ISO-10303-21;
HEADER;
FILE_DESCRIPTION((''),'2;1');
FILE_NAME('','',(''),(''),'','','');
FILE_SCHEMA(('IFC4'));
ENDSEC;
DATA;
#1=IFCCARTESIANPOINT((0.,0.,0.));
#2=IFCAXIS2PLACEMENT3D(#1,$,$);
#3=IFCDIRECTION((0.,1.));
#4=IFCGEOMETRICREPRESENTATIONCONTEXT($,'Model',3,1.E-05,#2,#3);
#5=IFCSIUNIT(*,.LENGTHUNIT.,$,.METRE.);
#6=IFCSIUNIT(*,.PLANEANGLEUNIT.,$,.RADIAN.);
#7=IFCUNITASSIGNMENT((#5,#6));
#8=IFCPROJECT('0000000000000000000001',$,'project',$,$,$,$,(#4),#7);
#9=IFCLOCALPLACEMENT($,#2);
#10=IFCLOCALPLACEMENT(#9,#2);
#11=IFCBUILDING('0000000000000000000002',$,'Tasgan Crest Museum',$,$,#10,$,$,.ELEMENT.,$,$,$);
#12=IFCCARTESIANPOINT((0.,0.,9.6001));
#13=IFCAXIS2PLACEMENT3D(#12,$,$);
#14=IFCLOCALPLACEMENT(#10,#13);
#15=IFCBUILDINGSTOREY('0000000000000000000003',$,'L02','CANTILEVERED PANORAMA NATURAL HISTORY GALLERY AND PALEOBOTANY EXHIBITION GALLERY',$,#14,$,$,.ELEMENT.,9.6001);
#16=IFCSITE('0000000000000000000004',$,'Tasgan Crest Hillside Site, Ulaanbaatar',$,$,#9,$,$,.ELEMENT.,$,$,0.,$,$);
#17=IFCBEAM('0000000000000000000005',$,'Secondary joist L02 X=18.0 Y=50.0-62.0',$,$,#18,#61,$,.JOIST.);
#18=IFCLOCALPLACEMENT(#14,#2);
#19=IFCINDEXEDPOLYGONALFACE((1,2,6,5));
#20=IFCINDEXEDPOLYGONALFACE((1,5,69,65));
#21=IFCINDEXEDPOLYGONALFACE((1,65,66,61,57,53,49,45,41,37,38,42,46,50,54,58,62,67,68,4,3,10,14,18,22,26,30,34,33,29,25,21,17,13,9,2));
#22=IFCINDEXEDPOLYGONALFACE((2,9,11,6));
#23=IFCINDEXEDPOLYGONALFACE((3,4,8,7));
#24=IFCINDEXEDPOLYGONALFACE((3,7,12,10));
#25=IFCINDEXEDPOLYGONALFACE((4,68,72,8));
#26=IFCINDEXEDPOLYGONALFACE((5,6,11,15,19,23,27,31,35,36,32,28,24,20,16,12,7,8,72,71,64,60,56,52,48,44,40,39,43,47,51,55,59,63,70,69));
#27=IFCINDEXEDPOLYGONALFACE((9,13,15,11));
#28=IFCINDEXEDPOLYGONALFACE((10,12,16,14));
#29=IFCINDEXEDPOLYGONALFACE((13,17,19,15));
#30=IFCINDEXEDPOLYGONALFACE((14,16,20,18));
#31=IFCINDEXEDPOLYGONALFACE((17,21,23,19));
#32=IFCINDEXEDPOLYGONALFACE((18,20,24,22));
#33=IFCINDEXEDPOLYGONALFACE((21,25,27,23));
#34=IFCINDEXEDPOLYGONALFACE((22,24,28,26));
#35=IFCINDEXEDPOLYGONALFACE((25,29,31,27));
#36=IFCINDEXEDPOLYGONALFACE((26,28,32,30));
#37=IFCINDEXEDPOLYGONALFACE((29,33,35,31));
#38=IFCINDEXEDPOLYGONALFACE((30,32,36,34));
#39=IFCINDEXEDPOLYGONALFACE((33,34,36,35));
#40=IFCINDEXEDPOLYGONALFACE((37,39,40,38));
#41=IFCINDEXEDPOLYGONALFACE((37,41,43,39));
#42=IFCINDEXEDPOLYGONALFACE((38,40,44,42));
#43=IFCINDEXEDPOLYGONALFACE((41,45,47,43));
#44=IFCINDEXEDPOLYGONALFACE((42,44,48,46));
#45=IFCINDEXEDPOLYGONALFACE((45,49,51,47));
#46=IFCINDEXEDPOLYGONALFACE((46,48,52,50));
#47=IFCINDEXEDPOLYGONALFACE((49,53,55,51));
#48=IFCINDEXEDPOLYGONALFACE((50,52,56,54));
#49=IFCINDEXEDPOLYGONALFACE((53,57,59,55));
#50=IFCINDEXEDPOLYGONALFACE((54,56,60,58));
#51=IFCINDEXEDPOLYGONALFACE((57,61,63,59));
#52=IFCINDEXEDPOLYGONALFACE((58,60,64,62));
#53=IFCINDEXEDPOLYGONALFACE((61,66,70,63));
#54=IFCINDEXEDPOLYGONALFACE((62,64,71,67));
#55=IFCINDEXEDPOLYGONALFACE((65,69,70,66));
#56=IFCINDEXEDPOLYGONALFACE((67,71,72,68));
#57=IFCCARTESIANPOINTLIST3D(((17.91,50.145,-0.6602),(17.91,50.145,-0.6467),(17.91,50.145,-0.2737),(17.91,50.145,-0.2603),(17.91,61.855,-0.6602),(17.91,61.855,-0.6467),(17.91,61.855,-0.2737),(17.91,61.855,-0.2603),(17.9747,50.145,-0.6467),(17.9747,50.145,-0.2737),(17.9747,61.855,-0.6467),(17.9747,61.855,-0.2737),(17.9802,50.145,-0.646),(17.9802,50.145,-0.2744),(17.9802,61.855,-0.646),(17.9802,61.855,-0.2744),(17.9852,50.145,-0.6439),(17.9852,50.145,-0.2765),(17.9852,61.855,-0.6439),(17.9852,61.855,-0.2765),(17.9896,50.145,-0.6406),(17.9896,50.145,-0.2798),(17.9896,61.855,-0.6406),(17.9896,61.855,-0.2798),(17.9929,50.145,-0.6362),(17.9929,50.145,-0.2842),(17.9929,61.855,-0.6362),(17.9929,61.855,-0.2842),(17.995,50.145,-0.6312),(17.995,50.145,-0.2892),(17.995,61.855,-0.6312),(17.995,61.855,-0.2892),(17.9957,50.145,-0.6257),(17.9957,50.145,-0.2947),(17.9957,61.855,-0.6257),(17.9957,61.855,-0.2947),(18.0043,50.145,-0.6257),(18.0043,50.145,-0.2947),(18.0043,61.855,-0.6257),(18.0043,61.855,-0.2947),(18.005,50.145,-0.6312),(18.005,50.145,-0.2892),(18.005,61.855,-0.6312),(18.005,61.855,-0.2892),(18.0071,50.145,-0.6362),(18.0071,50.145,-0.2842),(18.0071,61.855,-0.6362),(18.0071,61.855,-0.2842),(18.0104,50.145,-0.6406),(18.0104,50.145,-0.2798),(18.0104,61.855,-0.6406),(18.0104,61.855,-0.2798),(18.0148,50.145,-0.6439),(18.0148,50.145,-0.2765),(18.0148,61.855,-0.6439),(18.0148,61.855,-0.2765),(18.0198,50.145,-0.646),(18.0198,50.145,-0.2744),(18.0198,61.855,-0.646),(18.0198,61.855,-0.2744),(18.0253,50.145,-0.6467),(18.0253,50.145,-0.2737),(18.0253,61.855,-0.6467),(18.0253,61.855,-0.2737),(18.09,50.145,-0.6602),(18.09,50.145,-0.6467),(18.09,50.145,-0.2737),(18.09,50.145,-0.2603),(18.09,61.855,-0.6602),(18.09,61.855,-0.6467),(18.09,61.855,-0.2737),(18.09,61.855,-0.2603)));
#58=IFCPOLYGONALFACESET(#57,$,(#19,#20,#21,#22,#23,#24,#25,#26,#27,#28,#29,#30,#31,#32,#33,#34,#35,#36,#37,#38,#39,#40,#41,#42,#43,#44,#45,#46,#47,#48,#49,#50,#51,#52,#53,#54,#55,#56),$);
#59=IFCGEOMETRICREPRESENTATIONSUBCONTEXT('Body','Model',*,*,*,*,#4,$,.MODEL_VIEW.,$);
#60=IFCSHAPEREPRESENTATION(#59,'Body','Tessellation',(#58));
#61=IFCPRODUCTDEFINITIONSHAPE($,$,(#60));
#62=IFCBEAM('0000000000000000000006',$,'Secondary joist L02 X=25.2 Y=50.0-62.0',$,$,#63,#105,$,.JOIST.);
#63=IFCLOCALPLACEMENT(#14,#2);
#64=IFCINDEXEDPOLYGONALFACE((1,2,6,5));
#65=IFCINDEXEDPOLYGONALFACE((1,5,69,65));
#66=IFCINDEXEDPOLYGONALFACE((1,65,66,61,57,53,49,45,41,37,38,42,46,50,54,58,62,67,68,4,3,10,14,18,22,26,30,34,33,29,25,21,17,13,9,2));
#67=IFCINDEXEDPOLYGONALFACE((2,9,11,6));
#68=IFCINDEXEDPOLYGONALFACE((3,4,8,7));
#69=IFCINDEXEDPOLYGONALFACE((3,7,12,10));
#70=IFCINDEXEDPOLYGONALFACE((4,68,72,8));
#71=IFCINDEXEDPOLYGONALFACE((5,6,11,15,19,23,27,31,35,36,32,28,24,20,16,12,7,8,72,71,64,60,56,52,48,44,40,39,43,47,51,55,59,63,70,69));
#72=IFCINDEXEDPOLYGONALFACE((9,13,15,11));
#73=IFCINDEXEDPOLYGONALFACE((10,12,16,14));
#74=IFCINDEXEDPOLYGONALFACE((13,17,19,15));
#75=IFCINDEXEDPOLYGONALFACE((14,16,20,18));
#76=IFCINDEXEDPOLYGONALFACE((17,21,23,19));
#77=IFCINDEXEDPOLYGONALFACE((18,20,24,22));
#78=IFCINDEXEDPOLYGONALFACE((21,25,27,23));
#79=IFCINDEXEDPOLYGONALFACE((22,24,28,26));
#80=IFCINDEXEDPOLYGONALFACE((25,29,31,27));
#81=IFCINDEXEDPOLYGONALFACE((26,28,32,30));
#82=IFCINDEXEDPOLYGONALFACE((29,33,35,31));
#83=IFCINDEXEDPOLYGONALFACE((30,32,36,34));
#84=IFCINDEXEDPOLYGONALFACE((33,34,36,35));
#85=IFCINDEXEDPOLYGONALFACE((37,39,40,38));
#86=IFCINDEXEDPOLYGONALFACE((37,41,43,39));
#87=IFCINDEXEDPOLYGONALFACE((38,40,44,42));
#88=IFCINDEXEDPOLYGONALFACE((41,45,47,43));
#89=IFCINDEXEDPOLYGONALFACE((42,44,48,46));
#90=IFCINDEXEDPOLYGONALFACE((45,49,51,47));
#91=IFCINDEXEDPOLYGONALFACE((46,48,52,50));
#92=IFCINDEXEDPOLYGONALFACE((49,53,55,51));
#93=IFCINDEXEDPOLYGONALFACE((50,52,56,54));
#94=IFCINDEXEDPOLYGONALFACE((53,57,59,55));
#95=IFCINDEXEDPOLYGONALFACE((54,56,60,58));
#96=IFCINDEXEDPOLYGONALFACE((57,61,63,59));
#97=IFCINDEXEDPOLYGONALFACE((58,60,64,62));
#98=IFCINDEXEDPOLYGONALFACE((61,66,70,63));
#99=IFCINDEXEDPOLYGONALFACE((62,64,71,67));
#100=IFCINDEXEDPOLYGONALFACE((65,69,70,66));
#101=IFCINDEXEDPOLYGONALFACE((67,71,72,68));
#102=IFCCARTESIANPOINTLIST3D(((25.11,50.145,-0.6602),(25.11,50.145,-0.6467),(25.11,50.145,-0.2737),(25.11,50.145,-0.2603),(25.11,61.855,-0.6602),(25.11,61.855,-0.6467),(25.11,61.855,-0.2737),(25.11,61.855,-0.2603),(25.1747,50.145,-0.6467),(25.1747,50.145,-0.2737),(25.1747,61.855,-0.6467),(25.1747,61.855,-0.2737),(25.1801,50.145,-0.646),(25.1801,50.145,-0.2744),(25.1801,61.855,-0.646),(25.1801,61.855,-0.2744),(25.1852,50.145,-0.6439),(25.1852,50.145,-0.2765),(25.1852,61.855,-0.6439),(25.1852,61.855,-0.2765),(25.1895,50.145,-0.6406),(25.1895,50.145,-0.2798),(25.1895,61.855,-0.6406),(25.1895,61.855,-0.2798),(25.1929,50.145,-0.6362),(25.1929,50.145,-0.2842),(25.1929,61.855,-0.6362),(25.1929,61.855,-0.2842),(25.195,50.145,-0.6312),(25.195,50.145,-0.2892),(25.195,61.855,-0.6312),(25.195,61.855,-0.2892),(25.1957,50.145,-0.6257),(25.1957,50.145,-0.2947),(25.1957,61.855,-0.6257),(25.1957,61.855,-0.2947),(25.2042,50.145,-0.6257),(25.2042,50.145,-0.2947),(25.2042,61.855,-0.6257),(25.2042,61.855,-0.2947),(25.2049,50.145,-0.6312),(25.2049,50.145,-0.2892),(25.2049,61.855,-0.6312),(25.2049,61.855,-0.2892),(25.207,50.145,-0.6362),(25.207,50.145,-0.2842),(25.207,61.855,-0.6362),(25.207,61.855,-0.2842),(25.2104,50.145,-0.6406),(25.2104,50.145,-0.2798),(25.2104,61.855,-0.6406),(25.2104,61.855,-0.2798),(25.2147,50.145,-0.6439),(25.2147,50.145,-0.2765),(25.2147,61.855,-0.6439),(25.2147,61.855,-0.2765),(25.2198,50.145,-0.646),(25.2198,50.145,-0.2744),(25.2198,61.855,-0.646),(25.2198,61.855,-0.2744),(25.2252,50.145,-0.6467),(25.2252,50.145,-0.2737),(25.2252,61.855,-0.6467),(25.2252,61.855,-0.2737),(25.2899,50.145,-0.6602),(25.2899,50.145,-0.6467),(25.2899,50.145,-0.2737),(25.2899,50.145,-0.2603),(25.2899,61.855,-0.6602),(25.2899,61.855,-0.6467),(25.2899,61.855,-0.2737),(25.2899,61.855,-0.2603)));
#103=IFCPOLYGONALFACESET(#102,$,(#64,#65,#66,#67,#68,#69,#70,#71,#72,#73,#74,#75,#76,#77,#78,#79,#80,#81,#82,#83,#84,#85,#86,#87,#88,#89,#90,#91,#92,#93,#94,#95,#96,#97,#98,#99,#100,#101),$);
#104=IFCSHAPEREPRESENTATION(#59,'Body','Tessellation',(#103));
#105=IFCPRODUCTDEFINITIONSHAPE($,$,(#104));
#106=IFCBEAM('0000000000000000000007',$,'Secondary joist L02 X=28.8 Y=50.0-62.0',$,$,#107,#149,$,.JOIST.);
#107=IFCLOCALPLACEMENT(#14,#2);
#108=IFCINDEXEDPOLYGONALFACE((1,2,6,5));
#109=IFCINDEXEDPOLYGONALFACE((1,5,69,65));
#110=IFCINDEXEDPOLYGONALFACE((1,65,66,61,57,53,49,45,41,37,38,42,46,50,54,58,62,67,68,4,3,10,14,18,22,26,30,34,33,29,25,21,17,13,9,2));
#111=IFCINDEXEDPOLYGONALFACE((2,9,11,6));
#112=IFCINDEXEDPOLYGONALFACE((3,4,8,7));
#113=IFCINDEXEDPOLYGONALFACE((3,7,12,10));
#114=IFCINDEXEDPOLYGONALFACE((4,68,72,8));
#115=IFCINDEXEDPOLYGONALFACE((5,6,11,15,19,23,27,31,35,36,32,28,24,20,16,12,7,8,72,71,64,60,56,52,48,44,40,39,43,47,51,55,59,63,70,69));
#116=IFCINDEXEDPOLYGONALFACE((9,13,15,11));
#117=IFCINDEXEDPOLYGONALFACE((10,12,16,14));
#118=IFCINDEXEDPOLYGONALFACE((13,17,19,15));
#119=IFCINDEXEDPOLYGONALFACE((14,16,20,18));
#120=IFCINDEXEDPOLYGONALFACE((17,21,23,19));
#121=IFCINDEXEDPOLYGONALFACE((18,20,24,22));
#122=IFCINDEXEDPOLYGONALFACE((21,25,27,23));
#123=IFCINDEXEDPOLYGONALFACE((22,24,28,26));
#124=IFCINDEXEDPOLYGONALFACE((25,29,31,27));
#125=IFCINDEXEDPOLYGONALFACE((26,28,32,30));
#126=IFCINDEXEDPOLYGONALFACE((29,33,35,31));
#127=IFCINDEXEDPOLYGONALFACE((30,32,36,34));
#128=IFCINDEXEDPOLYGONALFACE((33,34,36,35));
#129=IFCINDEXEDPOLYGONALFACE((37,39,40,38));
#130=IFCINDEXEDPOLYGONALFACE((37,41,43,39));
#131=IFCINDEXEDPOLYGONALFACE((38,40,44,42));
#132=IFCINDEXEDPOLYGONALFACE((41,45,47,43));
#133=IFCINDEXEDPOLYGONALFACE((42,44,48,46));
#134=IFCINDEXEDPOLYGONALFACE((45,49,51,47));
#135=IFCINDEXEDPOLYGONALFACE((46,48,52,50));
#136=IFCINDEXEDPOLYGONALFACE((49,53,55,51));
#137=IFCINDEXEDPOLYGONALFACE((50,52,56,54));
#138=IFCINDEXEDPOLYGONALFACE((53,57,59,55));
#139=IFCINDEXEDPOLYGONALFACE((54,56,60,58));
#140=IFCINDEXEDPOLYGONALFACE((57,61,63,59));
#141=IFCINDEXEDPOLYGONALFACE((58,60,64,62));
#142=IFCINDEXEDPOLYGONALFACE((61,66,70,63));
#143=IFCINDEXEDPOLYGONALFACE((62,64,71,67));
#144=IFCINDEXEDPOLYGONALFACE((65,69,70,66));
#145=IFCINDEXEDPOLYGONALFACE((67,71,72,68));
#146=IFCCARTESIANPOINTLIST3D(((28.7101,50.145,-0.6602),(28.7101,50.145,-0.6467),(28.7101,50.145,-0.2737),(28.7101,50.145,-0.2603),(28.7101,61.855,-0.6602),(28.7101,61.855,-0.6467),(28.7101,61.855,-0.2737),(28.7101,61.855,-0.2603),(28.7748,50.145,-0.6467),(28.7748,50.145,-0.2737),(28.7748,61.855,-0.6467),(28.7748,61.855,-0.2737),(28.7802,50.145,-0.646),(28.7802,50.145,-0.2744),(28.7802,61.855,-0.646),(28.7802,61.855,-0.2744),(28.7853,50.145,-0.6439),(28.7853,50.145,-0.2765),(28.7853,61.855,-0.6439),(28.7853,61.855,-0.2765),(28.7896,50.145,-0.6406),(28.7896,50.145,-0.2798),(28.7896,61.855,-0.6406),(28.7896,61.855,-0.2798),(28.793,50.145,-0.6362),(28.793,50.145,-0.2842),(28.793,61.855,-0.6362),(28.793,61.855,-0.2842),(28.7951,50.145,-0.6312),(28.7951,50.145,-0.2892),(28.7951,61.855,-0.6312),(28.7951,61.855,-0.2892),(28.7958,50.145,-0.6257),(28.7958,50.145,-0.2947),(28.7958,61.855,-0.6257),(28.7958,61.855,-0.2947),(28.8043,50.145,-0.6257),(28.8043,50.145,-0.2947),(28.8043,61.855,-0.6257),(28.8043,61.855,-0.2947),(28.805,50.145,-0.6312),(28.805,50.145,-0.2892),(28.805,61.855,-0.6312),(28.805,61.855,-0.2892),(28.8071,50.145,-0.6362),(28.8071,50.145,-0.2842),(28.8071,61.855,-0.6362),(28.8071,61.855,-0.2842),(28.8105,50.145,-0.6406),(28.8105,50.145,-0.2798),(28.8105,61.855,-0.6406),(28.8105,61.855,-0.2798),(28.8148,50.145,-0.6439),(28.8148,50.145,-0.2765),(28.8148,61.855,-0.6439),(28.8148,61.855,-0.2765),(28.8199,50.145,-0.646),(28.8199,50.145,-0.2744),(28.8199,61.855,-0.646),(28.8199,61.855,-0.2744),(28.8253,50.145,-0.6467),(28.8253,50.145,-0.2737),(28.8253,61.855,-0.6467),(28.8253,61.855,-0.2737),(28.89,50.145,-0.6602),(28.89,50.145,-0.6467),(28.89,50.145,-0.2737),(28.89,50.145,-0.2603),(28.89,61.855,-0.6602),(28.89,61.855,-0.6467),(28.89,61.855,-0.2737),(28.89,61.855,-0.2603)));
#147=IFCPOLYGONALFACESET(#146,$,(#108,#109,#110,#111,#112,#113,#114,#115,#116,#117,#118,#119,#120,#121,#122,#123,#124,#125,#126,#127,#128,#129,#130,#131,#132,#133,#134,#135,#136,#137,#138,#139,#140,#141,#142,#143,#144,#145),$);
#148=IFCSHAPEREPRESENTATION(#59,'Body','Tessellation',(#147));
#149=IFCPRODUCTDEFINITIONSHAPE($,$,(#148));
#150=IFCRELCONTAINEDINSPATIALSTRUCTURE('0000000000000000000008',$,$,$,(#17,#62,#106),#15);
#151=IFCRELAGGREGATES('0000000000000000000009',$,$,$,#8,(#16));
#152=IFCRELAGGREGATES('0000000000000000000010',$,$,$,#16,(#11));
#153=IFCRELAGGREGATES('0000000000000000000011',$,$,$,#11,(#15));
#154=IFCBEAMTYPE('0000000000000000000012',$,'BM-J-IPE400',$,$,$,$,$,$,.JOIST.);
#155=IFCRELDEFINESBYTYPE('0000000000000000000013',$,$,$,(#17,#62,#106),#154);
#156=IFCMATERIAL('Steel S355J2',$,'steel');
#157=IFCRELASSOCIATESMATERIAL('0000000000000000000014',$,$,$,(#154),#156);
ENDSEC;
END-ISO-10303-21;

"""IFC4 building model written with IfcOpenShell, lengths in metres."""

from ifc_helpers import new_model, si_unit, direction, frame, origin, origin_2d, place, context, subcontext, project, spatial, i_section, extrude, material, material_profile, profile_set, type_object, element, save


model = new_model("IFC4")

# Units and contexts
model_context = context("Model", 3, precision=1e-05, world=origin(), true_north=direction((0.0, 1.0)))
body_context = subcontext(model_context, "Body", "Model", "MODEL_VIEW")
ifc_project = project(units=[si_unit("LENGTHUNIT", "METRE"), si_unit("PLANEANGLEUNIT", "RADIAN")], contexts=[model_context])

# Site, building, storey
site_placement = place(None, origin())
site = spatial("IfcSite", under=ifc_project, at=site_placement, Name="Tasgan Crest Hillside Site, Ulaanbaatar", CompositionType="ELEMENT", RefElevation=0.0)
building_placement = place(site_placement, origin())
building = spatial("IfcBuilding", under=site, at=building_placement, Name="Tasgan Crest Museum", CompositionType="ELEMENT")
storey_placement = place(building_placement, frame((0.0, 0.0, 9.6001)))
storey = spatial("IfcBuildingStorey", under=building, at=storey_placement, Name="L02", Description="CANTILEVERED PANORAMA NATURAL HISTORY GALLERY AND PALEOBOTANY EXHIBITION GALLERY", CompositionType="ELEMENT", Elevation=9.6001)

# Beams
ifc_material_1 = material(Name="Steel S355J2", Category="steel")
ifc_material_profile_1 = material_profile(ifc_material_1, i_section(OverallWidth=0.1799, OverallDepth=0.3999, WebThickness=0.0085, FlangeThickness=0.0134, FilletRadius=0.021, at=origin_2d()), Name="IPE 400")
ifc_profile_set_1 = profile_set([ifc_material_profile_1], Name="Steel S355J2")
beam_type_1 = type_object("IfcBeamType", Name="BM-J-IPE400", PredefinedType="JOIST", material=ifc_profile_set_1)
for number, where, z_axis, x_axis, name in (
    (1, (18.0, 50.145, -0.4602), (0.0, 1.0, 0.0), (-1.0, 0.0, 0.0), "Secondary joist L02 X=18.0 Y=50.0-62.0"),
    (2, (25.2, 50.145, -0.4602), (0.0, 1.0, 0.0), (-1.0, 0.0, 0.0), "Secondary joist L02 X=25.2 Y=50.0-62.0"),
    (3, (28.8, 50.145, -0.4602), (0.0, 1.0, 0.0), (-1.0, 0.0, 0.0), "Secondary joist L02 X=28.8 Y=50.0-62.0"),
):
    element("IfcBeam", number, at=place(storey_placement, frame(where, z_axis=z_axis, x_axis=x_axis)), inside=storey, type_object=beam_type_1, Name=name, PredefinedType="JOIST", context=body_context, shape_type="SweptSolid", body=[
        extrude(i_section(OverallWidth=0.1799, OverallDepth=0.3999, WebThickness=0.0085, FlangeThickness=0.0134, FilletRadius=0.021, at=origin_2d()), origin(), (0.0, 0.0, 1.0), 11.71),
    ])

save(model, "model.ifc")
